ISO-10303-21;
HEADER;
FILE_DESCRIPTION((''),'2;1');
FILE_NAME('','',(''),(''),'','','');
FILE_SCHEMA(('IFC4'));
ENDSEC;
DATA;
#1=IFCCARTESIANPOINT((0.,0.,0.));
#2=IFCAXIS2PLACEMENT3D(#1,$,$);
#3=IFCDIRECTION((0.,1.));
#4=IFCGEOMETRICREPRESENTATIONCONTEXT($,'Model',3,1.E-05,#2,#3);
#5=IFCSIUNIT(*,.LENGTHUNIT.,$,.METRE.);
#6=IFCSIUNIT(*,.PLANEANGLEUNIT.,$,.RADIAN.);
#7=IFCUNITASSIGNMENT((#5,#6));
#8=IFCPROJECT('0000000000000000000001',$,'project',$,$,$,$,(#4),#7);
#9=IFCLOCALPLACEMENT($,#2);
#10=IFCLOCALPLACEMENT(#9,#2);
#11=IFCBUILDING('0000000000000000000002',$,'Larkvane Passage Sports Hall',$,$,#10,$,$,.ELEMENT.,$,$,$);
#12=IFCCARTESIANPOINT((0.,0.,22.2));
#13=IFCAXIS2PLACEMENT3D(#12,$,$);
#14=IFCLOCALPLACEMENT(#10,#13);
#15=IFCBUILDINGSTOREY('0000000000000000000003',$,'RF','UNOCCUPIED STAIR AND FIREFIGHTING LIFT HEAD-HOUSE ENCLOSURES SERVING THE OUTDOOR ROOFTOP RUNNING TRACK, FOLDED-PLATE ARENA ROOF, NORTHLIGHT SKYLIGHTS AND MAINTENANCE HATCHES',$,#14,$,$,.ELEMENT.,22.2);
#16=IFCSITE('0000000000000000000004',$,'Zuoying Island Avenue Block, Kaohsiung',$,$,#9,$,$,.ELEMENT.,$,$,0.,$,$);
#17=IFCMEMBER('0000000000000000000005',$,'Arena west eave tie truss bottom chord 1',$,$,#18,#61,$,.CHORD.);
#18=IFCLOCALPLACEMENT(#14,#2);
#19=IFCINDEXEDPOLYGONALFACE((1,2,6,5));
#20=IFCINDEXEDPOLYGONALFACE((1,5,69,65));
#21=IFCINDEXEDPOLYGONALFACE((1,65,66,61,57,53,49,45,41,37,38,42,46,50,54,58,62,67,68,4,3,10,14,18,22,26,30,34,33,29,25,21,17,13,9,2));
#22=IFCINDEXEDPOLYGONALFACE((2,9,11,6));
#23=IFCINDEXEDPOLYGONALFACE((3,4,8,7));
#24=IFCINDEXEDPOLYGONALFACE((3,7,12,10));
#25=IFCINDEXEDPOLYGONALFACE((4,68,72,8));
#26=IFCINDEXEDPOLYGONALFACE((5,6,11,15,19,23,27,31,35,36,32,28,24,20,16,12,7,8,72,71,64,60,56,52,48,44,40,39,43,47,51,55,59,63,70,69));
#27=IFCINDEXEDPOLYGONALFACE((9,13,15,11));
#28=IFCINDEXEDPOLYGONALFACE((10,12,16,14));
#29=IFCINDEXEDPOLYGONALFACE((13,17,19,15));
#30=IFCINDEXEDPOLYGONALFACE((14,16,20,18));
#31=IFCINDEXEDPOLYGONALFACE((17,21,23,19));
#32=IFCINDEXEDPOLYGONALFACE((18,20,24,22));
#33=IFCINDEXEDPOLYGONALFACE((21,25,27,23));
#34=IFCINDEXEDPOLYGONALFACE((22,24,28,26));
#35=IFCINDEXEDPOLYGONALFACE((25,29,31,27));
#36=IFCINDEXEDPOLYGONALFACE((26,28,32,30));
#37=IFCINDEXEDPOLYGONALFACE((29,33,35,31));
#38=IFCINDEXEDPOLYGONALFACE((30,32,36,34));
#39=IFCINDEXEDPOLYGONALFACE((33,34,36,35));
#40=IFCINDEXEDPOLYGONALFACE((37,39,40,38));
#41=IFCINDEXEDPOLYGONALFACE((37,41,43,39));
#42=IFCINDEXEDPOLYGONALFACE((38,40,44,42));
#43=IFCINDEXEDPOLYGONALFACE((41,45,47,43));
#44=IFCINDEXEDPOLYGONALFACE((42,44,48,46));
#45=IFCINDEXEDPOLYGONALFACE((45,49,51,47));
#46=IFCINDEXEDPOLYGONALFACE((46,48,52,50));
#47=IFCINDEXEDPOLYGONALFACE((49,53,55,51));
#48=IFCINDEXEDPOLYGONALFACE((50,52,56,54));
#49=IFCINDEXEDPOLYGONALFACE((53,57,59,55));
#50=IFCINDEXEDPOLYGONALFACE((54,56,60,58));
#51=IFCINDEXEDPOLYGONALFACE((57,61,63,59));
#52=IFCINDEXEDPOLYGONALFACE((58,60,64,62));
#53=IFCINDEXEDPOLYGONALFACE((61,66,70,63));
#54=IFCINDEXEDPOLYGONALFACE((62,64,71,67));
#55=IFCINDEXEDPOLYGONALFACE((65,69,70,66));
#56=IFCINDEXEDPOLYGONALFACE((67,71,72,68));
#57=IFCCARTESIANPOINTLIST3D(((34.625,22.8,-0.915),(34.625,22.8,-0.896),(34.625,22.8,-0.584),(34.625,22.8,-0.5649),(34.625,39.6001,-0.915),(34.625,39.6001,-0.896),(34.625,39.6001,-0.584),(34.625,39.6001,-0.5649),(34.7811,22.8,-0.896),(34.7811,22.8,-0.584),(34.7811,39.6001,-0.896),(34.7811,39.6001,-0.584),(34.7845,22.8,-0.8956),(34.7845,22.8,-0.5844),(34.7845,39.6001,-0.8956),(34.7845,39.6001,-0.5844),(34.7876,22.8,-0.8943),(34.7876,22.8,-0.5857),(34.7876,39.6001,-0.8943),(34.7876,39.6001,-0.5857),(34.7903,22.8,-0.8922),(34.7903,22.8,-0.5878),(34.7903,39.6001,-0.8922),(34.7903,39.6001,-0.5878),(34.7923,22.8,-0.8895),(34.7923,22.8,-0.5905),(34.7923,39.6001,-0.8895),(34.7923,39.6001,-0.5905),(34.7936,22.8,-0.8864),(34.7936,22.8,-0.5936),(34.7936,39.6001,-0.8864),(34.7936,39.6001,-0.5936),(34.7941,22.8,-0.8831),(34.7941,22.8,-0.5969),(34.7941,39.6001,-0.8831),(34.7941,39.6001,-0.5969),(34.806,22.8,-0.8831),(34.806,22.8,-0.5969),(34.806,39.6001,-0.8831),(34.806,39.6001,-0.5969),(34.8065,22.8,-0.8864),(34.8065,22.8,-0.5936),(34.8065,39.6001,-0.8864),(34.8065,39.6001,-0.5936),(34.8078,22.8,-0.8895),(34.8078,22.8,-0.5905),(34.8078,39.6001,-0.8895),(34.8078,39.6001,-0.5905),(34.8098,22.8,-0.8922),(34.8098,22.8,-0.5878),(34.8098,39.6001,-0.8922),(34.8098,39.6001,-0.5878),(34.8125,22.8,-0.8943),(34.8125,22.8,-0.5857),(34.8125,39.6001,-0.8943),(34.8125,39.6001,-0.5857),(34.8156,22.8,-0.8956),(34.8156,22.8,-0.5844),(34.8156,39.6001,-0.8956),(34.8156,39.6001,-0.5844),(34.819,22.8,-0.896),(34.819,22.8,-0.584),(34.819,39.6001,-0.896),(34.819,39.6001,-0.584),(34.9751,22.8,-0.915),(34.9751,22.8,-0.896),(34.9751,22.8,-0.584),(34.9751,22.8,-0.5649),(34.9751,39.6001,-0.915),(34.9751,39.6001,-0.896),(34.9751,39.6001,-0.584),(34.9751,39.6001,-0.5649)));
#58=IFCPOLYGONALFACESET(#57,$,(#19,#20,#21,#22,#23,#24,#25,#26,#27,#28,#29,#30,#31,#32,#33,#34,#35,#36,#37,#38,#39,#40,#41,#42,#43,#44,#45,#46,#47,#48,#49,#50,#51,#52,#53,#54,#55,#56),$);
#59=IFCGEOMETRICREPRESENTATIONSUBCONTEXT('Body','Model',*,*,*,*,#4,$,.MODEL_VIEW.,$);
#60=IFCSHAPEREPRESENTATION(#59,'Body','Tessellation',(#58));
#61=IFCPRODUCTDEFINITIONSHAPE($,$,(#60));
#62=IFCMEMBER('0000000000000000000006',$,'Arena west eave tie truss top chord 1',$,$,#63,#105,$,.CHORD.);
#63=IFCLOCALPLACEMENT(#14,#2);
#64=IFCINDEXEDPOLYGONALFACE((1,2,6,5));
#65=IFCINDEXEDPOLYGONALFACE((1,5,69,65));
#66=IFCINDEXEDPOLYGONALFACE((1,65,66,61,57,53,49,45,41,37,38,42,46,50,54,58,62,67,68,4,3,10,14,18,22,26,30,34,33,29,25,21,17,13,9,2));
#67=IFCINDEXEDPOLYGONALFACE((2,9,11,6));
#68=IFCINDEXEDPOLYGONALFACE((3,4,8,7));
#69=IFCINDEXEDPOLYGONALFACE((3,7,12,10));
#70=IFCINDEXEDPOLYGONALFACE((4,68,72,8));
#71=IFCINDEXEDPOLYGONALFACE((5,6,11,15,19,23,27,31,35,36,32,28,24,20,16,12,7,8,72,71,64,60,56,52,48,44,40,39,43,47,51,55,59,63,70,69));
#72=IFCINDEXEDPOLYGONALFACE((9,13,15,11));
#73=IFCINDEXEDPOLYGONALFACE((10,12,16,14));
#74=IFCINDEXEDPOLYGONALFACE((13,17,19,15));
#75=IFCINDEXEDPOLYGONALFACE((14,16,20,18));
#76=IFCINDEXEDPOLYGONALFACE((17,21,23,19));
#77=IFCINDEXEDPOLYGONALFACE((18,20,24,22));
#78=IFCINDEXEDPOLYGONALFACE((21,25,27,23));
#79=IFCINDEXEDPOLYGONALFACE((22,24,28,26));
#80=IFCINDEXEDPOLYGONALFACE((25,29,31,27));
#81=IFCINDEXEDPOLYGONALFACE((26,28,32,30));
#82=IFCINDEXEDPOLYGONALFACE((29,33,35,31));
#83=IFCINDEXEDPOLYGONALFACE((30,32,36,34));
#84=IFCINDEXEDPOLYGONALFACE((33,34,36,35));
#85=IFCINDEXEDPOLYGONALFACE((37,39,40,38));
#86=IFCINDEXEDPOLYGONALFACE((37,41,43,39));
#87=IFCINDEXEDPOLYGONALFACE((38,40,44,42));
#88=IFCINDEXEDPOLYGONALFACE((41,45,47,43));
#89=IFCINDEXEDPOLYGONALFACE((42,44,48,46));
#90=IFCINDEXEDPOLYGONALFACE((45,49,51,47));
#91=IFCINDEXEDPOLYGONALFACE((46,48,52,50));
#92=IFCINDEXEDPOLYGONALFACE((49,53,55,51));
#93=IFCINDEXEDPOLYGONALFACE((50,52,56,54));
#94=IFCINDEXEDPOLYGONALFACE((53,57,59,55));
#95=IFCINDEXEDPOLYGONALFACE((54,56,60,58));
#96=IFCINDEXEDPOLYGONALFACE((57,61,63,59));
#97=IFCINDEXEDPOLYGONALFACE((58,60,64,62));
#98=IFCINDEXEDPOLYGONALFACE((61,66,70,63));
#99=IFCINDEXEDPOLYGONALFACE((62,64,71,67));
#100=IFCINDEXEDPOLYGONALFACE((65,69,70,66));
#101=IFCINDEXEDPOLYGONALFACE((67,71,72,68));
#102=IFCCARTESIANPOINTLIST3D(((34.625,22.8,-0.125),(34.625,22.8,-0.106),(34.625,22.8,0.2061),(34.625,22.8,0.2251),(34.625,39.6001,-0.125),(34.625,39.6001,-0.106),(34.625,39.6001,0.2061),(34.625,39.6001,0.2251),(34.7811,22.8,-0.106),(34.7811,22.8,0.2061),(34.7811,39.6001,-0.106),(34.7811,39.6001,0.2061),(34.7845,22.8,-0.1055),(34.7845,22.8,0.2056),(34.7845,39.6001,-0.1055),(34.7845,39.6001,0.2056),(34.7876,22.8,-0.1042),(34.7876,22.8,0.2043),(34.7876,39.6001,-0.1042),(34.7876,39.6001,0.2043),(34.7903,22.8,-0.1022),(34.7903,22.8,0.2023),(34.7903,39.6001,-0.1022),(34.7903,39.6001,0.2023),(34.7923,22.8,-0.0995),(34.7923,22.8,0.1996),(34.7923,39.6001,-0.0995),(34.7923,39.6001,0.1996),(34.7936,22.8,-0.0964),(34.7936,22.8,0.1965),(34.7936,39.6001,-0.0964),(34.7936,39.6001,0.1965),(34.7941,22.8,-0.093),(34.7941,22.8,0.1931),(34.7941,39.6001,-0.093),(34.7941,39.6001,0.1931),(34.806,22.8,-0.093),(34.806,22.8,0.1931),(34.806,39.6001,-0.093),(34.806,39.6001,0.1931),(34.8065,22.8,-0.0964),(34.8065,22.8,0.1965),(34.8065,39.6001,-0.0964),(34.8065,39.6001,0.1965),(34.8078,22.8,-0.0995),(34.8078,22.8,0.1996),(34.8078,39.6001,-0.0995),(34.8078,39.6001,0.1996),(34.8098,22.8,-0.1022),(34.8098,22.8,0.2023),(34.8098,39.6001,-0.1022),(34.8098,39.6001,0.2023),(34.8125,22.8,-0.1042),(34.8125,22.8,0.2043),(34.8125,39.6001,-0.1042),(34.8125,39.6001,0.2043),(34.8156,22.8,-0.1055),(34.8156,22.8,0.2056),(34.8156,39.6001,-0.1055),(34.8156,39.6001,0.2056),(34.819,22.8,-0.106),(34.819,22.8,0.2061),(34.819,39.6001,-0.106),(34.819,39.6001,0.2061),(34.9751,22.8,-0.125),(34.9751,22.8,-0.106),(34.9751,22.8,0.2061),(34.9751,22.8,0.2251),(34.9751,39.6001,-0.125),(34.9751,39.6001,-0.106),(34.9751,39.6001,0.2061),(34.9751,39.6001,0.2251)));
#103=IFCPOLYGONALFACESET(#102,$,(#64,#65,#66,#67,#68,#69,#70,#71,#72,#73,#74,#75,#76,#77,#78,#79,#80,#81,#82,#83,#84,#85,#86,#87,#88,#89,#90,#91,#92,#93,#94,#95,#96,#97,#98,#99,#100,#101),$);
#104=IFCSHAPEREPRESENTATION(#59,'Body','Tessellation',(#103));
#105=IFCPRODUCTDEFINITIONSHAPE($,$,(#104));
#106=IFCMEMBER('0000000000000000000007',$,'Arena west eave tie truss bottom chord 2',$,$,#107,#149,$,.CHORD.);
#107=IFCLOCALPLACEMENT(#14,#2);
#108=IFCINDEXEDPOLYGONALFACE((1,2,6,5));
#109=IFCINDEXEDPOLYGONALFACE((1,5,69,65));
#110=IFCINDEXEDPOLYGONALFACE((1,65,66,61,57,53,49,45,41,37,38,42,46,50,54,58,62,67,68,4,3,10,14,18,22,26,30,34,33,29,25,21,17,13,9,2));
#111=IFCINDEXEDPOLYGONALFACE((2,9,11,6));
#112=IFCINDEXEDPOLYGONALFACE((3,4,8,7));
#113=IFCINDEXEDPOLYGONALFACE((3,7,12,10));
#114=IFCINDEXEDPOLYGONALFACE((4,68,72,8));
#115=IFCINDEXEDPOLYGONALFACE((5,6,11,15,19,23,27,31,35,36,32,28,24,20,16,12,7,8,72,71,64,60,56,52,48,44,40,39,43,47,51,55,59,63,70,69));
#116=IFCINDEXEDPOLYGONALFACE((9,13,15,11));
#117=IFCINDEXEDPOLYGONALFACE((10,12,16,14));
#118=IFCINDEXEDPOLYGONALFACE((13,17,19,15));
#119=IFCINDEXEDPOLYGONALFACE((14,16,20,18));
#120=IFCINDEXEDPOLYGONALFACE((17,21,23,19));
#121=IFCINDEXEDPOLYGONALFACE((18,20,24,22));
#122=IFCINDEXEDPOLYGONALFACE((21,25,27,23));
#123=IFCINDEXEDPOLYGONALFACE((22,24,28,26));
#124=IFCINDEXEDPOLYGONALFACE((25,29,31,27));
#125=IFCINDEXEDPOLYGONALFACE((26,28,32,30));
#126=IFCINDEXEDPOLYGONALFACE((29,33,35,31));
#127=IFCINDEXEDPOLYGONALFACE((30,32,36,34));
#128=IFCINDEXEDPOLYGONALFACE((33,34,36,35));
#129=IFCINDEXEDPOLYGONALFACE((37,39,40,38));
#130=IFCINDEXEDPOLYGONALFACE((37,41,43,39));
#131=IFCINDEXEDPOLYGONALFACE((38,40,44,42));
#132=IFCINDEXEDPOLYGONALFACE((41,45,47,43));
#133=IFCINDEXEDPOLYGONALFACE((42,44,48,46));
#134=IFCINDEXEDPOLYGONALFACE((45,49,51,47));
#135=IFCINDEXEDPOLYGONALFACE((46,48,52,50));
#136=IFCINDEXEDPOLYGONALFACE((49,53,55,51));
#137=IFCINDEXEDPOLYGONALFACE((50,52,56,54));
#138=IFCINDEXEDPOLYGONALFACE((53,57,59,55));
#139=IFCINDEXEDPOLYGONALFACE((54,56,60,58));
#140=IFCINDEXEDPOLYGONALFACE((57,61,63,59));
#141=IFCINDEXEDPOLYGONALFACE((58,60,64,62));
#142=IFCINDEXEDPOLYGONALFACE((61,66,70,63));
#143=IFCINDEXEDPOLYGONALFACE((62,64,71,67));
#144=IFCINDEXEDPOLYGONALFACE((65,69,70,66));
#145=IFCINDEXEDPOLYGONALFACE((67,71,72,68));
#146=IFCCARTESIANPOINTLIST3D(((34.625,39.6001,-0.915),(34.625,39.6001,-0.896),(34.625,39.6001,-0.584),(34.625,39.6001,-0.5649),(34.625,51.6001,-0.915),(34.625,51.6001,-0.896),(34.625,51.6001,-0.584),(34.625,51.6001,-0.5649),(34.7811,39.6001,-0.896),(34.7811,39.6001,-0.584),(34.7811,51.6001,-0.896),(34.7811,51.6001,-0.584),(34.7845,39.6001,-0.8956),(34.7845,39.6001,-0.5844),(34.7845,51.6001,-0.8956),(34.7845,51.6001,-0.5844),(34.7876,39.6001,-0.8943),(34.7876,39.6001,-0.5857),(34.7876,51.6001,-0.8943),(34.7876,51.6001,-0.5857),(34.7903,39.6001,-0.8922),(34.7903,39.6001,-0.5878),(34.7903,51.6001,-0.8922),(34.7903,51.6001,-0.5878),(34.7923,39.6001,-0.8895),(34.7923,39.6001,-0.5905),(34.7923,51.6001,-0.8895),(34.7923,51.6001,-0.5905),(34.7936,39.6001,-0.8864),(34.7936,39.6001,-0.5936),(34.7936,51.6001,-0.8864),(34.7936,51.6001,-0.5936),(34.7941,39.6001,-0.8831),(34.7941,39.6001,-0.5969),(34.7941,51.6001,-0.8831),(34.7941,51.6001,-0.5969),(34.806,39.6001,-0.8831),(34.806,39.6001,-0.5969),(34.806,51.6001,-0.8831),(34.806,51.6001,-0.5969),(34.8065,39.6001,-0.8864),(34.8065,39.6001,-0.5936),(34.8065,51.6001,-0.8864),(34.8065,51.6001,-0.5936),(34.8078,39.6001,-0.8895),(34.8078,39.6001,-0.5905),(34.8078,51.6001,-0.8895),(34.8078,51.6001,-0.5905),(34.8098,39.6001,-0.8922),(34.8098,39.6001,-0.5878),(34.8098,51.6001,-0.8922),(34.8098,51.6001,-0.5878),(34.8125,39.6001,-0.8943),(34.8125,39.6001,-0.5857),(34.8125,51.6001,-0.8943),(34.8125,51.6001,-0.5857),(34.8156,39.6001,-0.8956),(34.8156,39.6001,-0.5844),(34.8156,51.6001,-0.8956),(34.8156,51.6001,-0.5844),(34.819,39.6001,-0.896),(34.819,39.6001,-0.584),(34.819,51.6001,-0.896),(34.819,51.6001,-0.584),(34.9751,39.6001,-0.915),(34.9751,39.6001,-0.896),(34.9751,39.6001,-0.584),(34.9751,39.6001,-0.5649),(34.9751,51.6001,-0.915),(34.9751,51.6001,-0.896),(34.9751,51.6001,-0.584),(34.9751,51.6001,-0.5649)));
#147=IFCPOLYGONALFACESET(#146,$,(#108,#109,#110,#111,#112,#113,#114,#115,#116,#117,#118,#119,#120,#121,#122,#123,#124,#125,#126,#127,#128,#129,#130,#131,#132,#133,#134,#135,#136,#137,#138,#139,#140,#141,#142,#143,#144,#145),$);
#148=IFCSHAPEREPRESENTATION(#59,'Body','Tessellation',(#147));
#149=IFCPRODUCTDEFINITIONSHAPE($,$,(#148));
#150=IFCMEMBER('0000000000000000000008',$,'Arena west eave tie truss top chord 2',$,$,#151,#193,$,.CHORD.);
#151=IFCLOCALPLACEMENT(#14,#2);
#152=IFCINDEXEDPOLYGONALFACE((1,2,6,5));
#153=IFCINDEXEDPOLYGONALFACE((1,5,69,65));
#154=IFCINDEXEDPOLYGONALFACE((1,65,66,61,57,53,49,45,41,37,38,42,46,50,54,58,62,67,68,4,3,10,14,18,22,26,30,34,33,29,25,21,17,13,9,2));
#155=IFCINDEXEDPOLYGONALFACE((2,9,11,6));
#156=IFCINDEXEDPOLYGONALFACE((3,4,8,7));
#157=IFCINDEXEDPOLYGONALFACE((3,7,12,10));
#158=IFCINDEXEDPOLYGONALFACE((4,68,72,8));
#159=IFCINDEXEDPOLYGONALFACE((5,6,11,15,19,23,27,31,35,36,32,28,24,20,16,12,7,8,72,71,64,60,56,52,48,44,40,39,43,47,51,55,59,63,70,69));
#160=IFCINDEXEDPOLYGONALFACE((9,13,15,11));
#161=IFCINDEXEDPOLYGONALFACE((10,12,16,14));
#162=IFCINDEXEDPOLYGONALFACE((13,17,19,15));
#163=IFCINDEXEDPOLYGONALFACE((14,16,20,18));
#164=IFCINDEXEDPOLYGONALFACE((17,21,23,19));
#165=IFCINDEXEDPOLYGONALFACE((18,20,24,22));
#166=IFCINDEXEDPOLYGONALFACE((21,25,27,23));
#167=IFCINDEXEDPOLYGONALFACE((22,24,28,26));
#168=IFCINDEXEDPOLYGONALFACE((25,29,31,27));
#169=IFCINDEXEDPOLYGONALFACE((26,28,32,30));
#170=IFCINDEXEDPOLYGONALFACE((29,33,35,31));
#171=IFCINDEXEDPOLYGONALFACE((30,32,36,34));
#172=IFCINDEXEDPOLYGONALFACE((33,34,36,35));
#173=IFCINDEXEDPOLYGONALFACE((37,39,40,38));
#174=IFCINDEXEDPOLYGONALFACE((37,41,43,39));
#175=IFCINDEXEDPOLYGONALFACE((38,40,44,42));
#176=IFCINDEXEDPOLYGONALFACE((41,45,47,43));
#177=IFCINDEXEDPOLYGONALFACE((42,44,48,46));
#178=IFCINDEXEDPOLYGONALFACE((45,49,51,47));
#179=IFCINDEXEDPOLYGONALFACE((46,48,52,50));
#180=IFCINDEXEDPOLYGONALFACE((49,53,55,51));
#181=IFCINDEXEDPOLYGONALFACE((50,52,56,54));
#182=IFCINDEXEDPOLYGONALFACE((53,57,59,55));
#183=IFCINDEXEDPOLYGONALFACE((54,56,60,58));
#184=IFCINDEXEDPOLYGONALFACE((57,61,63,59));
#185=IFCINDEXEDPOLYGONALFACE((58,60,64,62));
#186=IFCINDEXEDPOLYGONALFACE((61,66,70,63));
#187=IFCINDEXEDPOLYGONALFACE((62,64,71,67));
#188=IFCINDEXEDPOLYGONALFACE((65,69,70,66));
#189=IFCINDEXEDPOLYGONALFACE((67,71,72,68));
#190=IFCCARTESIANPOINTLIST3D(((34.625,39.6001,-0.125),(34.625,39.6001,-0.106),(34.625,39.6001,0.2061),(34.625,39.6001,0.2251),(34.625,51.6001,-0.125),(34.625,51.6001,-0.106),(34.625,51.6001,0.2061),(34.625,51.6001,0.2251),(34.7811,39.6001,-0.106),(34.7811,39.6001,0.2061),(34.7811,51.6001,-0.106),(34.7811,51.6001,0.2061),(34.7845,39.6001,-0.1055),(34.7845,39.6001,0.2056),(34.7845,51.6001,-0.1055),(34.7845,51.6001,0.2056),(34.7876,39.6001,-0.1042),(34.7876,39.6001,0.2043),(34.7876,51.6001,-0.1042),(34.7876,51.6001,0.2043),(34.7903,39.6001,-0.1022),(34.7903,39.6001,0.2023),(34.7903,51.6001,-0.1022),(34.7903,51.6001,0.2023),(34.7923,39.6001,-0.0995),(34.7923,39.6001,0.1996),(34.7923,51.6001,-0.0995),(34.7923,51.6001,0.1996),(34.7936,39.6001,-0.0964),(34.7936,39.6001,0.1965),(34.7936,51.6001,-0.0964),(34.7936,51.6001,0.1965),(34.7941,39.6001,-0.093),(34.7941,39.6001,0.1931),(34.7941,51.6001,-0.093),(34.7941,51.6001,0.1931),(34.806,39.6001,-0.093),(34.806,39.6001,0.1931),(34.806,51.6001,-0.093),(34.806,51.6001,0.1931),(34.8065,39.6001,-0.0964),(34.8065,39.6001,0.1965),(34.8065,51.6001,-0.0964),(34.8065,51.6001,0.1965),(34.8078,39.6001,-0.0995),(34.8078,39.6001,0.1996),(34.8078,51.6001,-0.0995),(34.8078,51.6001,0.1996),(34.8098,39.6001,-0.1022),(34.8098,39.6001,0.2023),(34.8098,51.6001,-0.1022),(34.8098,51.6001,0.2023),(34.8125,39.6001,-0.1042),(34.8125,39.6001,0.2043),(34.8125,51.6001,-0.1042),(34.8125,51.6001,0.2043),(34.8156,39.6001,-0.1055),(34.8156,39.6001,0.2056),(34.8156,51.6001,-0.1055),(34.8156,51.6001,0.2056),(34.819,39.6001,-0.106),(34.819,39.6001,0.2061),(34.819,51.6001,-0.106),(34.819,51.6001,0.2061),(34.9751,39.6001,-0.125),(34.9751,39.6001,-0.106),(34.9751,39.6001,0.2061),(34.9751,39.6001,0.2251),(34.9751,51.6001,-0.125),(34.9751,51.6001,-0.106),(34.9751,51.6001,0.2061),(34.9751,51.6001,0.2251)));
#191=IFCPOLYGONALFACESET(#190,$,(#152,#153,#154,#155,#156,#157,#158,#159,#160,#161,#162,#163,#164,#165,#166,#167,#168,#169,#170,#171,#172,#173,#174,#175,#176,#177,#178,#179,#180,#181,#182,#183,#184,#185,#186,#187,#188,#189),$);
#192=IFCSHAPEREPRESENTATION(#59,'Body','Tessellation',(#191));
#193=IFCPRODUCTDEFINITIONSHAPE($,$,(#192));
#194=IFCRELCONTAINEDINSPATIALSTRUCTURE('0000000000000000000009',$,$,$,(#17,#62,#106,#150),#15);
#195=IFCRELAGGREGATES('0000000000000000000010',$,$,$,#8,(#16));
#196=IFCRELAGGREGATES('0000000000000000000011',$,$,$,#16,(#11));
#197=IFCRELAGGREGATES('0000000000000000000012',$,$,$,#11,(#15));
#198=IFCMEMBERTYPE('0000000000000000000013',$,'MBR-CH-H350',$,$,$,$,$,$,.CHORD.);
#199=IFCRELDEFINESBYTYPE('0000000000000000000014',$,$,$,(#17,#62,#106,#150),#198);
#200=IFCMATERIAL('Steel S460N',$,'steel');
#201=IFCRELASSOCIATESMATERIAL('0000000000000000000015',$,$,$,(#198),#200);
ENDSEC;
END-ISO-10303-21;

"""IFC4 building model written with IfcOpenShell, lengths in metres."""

from ifc_helpers import new_model, si_unit, direction, frame, origin, origin_2d, place, context, subcontext, project, spatial, i_section, extrude, material, material_profile, profile_set, type_object, element, save


model = new_model("IFC4")

# Units and contexts
model_context = context("Model", 3, precision=1e-05, world=origin(), true_north=direction((0.0, 1.0)))
body_context = subcontext(model_context, "Body", "Model", "MODEL_VIEW")
ifc_project = project(units=[si_unit("LENGTHUNIT", "METRE"), si_unit("PLANEANGLEUNIT", "RADIAN")], contexts=[model_context])

# Site, building, storey
site_placement = place(None, origin())
site = spatial("IfcSite", under=ifc_project, at=site_placement, Name="Zuoying Island Avenue Block, Kaohsiung", CompositionType="ELEMENT", RefElevation=0.0)
building_placement = place(site_placement, origin())
building = spatial("IfcBuilding", under=site, at=building_placement, Name="Larkvane Passage Sports Hall", CompositionType="ELEMENT")
storey_placement = place(building_placement, frame((0.0, 0.0, 22.2)))
storey = spatial("IfcBuildingStorey", under=building, at=storey_placement, Name="RF", Description="UNOCCUPIED STAIR AND FIREFIGHTING LIFT HEAD-HOUSE ENCLOSURES SERVING THE OUTDOOR ROOFTOP RUNNING TRACK, FOLDED-PLATE ARENA ROOF, NORTHLIGHT SKYLIGHTS AND MAINTENANCE HATCHES", CompositionType="ELEMENT", Elevation=22.2)

# Members
ifc_material_1 = material(Name="Steel S460N", Category="steel")
ifc_material_profile_1 = material_profile(ifc_material_1, i_section(OverallWidth=0.3501, OverallDepth=0.3501, WebThickness=0.012, FlangeThickness=0.019, FilletRadius=0.0129, at=origin_2d()), Name="H-350x350x12x19")
ifc_profile_set_1 = profile_set([ifc_material_profile_1], Name="Steel S460N")
member_type_1 = type_object("IfcMemberType", Name="MBR-CH-H350", PredefinedType="CHORD", material=ifc_profile_set_1)
for number, where, z_axis, x_axis, name in (
    (1, (34.8, 22.8, -0.74), (0.0, 1.0, 0.0), (-1.0, 0.0, 0.0), "Arena west eave tie truss bottom chord 1"),
    (2, (34.8, 22.8, 0.05), (0.0, 1.0, 0.0), (-1.0, 0.0, 0.0), "Arena west eave tie truss top chord 1"),
):
    element("IfcMember", number, at=place(storey_placement, frame(where, z_axis=z_axis, x_axis=x_axis)), inside=storey, type_object=member_type_1, Name=name, PredefinedType="CHORD", context=body_context, shape_type="SweptSolid", body=[
        extrude(i_section(OverallWidth=0.3501, OverallDepth=0.3501, WebThickness=0.012, FlangeThickness=0.019, FilletRadius=0.0129, at=origin_2d()), origin(), (0.0, 0.0, 1.0), 16.8),
    ])
for number, where, z_axis, x_axis, name in (
    (3, (34.8, 39.6001, -0.74), (0.0, 1.0, 0.0), (-1.0, 0.0, 0.0), "Arena west eave tie truss bottom chord 2"),
    (4, (34.8, 39.6001, 0.05), (0.0, 1.0, 0.0), (-1.0, 0.0, 0.0), "Arena west eave tie truss top chord 2"),
):
    element("IfcMember", number, at=place(storey_placement, frame(where, z_axis=z_axis, x_axis=x_axis)), inside=storey, type_object=member_type_1, Name=name, PredefinedType="CHORD", context=body_context, shape_type="SweptSolid", body=[
        extrude(i_section(OverallWidth=0.3501, OverallDepth=0.3501, WebThickness=0.012, FlangeThickness=0.019, FilletRadius=0.0129, at=origin_2d()), origin(), (0.0, 0.0, 1.0), 12.0),
    ])

save(model, "model.ifc")
